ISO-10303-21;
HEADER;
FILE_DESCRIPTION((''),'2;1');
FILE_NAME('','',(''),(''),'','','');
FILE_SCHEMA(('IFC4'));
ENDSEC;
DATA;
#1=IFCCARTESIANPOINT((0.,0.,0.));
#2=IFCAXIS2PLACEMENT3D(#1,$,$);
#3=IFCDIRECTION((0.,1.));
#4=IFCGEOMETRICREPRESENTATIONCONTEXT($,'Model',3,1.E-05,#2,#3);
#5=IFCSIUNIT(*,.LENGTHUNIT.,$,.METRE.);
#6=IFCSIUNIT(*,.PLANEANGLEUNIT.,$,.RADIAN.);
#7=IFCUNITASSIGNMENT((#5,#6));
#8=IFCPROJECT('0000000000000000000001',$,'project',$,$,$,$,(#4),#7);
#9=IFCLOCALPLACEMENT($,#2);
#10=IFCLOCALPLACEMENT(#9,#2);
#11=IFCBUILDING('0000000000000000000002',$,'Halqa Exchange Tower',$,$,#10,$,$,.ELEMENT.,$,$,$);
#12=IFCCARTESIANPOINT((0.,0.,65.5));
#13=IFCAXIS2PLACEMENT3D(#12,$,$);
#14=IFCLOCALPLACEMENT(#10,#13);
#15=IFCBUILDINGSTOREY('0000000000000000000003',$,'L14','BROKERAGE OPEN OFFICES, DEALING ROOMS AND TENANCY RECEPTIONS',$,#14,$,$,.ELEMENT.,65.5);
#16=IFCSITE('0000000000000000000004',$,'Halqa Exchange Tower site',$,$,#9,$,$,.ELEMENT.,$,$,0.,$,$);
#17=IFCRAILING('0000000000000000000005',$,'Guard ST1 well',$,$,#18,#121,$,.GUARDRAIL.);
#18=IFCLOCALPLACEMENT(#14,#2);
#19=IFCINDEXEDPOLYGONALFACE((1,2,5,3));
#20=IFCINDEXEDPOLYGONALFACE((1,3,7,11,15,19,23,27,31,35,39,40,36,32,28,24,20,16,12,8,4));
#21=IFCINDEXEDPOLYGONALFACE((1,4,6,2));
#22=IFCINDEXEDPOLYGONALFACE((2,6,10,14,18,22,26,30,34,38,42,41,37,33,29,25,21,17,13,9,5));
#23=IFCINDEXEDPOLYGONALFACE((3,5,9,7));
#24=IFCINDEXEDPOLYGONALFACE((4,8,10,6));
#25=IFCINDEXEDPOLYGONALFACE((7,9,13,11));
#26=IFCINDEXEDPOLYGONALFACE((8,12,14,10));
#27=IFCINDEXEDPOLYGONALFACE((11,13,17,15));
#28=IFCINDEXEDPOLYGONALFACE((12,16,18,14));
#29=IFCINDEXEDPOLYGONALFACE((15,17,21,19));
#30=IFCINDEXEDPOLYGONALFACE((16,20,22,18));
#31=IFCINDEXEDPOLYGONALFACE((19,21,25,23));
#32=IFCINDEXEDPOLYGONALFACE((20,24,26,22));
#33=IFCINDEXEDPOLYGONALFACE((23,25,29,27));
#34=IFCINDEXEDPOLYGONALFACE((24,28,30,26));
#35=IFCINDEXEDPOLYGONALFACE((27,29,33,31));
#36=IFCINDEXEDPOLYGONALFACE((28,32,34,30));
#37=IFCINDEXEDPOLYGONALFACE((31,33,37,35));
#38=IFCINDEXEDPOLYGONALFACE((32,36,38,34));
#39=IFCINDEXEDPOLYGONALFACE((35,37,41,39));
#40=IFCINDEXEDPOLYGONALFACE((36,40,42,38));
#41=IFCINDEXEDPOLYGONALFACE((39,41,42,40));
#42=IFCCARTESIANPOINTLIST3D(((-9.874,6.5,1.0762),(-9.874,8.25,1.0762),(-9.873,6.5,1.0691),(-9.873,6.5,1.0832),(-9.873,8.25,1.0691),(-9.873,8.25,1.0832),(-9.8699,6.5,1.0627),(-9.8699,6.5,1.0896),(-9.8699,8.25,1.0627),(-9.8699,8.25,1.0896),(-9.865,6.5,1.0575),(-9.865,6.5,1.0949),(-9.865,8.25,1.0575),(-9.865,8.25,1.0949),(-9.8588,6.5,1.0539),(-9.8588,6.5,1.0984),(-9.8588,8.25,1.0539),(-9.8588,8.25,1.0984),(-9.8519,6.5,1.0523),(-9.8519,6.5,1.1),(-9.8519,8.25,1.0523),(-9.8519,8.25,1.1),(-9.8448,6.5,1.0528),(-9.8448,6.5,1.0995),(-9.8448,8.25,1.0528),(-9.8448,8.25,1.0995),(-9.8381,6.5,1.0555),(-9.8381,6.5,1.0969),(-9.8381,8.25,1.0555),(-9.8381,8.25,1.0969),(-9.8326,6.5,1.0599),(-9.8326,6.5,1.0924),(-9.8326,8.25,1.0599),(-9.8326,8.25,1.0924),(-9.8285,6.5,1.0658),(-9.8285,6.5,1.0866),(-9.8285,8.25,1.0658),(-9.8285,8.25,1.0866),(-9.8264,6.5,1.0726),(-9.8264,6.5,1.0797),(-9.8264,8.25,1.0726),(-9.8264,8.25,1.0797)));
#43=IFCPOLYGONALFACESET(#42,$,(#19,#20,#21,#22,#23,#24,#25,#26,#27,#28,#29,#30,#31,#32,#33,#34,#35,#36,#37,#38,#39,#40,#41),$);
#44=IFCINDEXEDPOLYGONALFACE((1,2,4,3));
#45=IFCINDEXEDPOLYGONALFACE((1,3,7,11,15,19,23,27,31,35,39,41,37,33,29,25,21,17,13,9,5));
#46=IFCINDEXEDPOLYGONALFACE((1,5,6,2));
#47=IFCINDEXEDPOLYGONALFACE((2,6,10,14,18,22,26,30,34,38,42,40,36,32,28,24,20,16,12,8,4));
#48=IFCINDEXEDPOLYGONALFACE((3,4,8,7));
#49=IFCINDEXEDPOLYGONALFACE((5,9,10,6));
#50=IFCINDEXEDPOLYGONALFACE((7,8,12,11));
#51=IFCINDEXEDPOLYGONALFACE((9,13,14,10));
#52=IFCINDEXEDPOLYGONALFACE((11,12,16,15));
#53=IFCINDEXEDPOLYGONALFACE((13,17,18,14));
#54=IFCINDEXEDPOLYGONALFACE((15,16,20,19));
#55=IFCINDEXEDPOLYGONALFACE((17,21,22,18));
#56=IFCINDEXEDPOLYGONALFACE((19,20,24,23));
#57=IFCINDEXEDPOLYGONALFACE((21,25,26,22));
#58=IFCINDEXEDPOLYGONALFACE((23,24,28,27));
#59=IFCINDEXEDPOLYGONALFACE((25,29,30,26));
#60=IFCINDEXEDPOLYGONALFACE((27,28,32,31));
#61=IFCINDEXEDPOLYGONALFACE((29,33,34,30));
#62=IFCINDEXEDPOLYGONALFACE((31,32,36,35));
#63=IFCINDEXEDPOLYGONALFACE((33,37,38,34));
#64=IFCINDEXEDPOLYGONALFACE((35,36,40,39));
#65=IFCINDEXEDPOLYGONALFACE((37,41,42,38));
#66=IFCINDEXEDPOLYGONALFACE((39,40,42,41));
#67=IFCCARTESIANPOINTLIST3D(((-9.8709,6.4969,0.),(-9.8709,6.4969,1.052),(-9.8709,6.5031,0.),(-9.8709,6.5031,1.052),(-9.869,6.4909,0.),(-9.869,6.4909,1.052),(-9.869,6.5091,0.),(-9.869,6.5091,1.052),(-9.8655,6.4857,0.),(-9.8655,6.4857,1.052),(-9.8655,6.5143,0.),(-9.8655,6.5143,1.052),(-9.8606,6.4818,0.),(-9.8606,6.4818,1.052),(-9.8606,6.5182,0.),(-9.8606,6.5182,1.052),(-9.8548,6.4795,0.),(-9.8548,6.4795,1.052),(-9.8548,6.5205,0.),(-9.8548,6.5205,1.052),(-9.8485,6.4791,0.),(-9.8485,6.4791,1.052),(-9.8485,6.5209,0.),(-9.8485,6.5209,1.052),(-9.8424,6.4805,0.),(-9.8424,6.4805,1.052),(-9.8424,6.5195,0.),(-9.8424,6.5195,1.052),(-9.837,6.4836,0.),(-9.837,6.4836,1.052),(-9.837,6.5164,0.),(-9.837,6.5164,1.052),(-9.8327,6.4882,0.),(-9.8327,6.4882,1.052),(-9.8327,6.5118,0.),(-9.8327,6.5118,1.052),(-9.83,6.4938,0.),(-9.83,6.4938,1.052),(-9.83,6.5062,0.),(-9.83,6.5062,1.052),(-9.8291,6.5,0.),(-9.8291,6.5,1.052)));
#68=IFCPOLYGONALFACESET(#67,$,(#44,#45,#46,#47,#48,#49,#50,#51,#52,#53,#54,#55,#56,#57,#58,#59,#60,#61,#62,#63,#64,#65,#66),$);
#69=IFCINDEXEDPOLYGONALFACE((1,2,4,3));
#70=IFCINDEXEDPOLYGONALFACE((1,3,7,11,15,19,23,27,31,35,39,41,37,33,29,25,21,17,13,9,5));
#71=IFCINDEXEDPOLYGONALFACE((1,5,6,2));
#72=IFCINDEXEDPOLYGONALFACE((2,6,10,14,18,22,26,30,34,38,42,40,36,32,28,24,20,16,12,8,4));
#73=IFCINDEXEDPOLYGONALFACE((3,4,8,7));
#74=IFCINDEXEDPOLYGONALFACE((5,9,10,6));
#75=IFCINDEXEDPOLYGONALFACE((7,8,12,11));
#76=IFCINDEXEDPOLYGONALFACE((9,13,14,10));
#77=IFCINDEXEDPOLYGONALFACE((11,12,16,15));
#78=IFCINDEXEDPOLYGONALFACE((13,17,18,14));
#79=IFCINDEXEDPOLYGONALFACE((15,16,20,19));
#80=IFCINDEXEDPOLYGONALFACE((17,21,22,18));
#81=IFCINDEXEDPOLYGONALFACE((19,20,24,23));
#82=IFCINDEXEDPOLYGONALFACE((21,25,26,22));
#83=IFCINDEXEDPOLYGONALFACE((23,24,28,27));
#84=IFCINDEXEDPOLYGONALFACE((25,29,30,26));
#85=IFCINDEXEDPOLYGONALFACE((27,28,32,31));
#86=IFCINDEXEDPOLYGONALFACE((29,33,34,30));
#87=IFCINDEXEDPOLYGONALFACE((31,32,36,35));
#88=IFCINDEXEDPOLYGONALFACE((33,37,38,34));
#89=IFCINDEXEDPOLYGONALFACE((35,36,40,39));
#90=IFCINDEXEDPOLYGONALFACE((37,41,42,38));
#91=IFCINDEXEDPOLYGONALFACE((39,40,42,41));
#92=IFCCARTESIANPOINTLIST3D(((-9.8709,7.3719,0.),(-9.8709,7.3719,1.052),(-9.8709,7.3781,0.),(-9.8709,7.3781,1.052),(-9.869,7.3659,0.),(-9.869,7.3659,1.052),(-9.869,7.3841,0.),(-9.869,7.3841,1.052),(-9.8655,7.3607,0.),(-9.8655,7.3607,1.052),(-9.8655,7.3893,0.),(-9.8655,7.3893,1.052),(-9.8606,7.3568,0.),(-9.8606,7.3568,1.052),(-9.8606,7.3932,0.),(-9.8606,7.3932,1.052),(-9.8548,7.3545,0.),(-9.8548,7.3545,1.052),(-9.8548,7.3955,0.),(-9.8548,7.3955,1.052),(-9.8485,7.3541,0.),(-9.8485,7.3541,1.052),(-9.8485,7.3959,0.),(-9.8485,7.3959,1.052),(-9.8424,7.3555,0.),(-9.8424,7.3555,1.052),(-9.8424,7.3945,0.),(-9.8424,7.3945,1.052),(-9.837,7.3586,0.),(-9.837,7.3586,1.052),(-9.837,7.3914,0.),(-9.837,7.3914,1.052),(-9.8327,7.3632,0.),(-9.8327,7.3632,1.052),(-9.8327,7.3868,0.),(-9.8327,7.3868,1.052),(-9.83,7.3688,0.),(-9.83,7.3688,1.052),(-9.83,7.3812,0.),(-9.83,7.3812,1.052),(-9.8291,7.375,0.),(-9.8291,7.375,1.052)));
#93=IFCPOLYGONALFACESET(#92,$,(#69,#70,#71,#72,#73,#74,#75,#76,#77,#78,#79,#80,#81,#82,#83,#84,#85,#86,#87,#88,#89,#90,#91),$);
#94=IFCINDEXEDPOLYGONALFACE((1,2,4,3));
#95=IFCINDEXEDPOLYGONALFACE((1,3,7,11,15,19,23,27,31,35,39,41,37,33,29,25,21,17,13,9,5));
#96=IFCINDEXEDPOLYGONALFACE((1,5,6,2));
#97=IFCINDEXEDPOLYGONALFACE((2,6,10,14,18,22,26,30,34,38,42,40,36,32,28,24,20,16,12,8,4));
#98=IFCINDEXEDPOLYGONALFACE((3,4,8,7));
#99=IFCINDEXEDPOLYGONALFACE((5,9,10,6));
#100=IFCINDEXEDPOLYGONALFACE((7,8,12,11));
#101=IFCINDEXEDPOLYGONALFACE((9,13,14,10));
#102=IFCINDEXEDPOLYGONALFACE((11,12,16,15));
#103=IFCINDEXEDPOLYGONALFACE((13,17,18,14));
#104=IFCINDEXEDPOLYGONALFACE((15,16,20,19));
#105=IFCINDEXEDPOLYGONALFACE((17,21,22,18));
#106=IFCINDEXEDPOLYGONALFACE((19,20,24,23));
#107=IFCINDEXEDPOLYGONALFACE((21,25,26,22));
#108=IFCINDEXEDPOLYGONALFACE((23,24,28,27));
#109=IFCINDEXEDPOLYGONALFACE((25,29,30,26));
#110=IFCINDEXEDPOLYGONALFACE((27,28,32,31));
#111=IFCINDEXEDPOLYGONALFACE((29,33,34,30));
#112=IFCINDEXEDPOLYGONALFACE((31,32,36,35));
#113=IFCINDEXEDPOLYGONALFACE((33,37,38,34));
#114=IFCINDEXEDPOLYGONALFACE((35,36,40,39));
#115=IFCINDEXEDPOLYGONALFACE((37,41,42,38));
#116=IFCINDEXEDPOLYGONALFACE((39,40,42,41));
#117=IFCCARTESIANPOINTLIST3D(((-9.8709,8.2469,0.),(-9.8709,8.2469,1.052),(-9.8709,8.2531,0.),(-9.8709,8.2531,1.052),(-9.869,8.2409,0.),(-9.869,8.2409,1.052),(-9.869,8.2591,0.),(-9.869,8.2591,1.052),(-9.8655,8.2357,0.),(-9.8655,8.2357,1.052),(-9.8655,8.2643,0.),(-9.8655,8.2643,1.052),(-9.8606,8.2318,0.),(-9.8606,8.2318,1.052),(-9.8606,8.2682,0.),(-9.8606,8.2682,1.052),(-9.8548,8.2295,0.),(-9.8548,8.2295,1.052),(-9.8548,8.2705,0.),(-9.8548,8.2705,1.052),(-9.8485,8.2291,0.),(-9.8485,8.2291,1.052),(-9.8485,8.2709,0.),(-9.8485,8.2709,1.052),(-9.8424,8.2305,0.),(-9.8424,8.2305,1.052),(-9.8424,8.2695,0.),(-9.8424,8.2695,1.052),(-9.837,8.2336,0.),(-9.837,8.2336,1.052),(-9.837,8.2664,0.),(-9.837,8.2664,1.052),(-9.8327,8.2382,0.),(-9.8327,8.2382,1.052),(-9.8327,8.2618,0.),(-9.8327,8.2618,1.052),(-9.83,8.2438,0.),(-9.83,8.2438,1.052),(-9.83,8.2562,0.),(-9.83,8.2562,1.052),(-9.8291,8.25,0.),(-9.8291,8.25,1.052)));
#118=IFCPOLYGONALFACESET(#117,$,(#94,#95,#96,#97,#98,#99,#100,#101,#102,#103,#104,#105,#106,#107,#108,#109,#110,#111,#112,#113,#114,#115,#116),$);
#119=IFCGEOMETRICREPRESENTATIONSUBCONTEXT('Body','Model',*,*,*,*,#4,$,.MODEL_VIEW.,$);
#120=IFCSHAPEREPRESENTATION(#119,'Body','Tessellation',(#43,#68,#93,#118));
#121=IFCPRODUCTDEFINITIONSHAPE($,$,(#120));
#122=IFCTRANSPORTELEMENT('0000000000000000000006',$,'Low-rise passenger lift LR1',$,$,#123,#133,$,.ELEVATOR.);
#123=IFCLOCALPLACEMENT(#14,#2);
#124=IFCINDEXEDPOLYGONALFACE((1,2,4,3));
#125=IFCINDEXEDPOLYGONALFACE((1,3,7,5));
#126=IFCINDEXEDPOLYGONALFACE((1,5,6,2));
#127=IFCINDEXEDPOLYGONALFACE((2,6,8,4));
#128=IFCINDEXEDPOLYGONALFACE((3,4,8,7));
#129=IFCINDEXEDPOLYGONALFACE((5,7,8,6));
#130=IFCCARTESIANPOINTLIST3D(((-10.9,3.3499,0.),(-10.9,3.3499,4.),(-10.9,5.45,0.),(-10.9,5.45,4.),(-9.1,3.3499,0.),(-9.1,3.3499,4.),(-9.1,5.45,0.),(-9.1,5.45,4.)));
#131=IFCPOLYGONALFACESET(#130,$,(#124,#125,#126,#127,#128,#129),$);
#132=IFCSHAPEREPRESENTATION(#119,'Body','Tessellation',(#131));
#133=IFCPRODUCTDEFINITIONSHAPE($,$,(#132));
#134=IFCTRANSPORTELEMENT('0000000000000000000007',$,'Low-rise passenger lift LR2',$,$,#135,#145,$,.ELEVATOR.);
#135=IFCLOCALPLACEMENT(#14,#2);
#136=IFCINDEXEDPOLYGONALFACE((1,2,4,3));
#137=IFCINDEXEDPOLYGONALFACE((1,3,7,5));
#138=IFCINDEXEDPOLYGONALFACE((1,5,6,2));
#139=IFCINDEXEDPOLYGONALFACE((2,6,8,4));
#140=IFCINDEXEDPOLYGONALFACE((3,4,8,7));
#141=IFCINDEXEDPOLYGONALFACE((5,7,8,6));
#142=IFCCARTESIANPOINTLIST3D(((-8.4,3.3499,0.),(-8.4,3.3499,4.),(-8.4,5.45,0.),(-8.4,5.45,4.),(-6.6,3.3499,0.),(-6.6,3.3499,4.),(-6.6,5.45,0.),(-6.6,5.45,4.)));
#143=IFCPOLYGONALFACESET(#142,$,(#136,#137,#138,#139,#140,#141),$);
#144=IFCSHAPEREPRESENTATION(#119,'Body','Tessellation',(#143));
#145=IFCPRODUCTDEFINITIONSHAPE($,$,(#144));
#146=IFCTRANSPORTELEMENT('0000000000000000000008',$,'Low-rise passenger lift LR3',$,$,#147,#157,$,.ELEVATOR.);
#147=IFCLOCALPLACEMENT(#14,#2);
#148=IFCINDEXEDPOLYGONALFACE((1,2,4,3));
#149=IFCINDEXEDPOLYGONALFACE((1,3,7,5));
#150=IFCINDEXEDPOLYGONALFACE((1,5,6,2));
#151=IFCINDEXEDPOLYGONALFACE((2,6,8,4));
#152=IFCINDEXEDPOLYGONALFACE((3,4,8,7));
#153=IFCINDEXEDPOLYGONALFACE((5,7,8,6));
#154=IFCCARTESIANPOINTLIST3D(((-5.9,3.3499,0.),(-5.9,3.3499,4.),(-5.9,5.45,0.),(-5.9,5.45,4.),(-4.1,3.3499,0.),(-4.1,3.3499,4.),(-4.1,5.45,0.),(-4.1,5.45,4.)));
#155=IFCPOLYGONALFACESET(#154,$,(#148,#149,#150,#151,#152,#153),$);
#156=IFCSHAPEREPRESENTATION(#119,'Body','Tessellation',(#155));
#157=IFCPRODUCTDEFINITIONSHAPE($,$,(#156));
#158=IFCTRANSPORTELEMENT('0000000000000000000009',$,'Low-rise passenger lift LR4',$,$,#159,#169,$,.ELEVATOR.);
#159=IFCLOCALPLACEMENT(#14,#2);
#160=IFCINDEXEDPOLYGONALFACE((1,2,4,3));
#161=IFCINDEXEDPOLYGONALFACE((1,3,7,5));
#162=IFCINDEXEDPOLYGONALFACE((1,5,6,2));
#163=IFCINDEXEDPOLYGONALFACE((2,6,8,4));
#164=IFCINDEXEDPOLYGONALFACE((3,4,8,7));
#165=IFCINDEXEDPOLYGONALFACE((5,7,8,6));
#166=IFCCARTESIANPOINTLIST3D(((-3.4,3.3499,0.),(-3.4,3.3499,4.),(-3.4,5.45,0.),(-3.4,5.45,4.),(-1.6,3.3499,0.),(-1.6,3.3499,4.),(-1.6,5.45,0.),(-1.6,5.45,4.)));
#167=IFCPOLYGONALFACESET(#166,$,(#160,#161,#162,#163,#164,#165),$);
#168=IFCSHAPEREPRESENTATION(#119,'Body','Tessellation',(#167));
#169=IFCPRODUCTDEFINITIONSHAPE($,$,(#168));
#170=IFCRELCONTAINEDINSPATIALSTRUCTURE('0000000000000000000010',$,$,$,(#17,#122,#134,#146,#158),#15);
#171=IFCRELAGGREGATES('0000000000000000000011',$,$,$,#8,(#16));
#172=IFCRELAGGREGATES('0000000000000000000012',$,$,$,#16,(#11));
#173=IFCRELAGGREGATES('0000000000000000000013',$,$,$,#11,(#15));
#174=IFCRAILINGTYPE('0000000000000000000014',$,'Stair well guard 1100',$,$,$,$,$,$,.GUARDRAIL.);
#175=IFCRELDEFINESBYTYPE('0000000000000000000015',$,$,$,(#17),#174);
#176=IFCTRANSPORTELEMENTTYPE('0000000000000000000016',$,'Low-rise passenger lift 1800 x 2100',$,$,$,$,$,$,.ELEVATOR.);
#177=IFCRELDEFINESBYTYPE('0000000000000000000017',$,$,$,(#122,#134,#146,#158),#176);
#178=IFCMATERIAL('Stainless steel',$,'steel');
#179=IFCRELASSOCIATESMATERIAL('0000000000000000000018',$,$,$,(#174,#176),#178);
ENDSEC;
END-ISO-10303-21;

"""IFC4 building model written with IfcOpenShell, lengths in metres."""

from ifc_helpers import new_model, si_unit, direction, frame, origin, origin_2d, place, context, subcontext, project, spatial, rectangle, circle, extrude, material, type_object, element, save


model = new_model("IFC4")

# Units and contexts
model_context = context("Model", 3, precision=1e-05, world=origin(), true_north=direction((0.0, 1.0)))
body_context = subcontext(model_context, "Body", "Model", "MODEL_VIEW")
ifc_project = project(units=[si_unit("LENGTHUNIT", "METRE"), si_unit("PLANEANGLEUNIT", "RADIAN")], contexts=[model_context])

# Site, building, storey
site_placement = place(None, origin())
site = spatial("IfcSite", under=ifc_project, at=site_placement, Name="Halqa Exchange Tower site", CompositionType="ELEMENT", RefElevation=0.0)
building_placement = place(site_placement, origin())
building = spatial("IfcBuilding", under=site, at=building_placement, Name="Halqa Exchange Tower", CompositionType="ELEMENT")
storey_placement = place(building_placement, frame((0.0, 0.0, 65.5)))
storey = spatial("IfcBuildingStorey", under=building, at=storey_placement, Name="L14", Description="BROKERAGE OPEN OFFICES, DEALING ROOMS AND TENANCY RECEPTIONS", CompositionType="ELEMENT", Elevation=65.5)

# Shared definitions
ifc_material_1 = material(Name="Stainless steel", Category="steel")

# Railing
railing_type_1 = type_object("IfcRailingType", Name="Stair well guard 1100", PredefinedType="GUARDRAIL", material=ifc_material_1)
railing_1_placement = place(storey_placement, frame((-9.8501, 6.5, 0.0)))
element("IfcRailing", 1, at=railing_1_placement, inside=storey, type_object=railing_type_1, Name="Guard ST1 well", PredefinedType="GUARDRAIL", context=body_context, shape_type="SweptSolid", body=[
    extrude(circle(Radius=0.0239, at=origin_2d()), frame((0.0, 0.0, 1.0762), z_axis=(0.0, 1.0, 0.0), x_axis=(-1.0, 0.0, 0.0)), (0.0, 0.0, 1.0), 1.75),
    extrude(circle(Radius=0.021, at=origin_2d()), origin(), (0.0, 0.0, 1.0), 1.052),
    extrude(circle(Radius=0.021, at=origin_2d()), frame((0.0, 0.875, 0.0)), (0.0, 0.0, 1.0), 1.052),
    extrude(circle(Radius=0.021, at=origin_2d()), frame((0.0, 1.75, 0.0)), (0.0, 0.0, 1.0), 1.052),
])

# Transport elements
transport_element_type = type_object("IfcTransportElementType", Name="Low-rise passenger lift 1800 x 2100", PredefinedType="ELEVATOR", material=ifc_material_1)
for number, where, z_axis, x_axis, name in (
    (2, (-10.0, 4.3999, 0.0), (0.0, 0.0, 1.0), (1.0, 0.0, 0.0), "Low-rise passenger lift LR1"),
    (3, (-7.5, 4.3999, 0.0), (0.0, 0.0, 1.0), (1.0, 0.0, 0.0), "Low-rise passenger lift LR2"),
    (4, (-5.0, 4.3999, 0.0), (0.0, 0.0, 1.0), (1.0, 0.0, 0.0), "Low-rise passenger lift LR3"),
    (5, (-2.5, 4.3999, 0.0), (0.0, 0.0, 1.0), (1.0, 0.0, 0.0), "Low-rise passenger lift LR4"),
):
    element("IfcTransportElement", number, at=place(storey_placement, frame(where, z_axis=z_axis, x_axis=x_axis)), inside=storey, type_object=transport_element_type, Name=name, PredefinedType="ELEVATOR", context=body_context, shape_type="SweptSolid", body=[
        extrude(rectangle(XDim=1.8, YDim=2.1001, at=origin_2d()), origin(), (0.0, 0.0, 1.0), 4.0),
    ])

save(model, "model.ifc")
